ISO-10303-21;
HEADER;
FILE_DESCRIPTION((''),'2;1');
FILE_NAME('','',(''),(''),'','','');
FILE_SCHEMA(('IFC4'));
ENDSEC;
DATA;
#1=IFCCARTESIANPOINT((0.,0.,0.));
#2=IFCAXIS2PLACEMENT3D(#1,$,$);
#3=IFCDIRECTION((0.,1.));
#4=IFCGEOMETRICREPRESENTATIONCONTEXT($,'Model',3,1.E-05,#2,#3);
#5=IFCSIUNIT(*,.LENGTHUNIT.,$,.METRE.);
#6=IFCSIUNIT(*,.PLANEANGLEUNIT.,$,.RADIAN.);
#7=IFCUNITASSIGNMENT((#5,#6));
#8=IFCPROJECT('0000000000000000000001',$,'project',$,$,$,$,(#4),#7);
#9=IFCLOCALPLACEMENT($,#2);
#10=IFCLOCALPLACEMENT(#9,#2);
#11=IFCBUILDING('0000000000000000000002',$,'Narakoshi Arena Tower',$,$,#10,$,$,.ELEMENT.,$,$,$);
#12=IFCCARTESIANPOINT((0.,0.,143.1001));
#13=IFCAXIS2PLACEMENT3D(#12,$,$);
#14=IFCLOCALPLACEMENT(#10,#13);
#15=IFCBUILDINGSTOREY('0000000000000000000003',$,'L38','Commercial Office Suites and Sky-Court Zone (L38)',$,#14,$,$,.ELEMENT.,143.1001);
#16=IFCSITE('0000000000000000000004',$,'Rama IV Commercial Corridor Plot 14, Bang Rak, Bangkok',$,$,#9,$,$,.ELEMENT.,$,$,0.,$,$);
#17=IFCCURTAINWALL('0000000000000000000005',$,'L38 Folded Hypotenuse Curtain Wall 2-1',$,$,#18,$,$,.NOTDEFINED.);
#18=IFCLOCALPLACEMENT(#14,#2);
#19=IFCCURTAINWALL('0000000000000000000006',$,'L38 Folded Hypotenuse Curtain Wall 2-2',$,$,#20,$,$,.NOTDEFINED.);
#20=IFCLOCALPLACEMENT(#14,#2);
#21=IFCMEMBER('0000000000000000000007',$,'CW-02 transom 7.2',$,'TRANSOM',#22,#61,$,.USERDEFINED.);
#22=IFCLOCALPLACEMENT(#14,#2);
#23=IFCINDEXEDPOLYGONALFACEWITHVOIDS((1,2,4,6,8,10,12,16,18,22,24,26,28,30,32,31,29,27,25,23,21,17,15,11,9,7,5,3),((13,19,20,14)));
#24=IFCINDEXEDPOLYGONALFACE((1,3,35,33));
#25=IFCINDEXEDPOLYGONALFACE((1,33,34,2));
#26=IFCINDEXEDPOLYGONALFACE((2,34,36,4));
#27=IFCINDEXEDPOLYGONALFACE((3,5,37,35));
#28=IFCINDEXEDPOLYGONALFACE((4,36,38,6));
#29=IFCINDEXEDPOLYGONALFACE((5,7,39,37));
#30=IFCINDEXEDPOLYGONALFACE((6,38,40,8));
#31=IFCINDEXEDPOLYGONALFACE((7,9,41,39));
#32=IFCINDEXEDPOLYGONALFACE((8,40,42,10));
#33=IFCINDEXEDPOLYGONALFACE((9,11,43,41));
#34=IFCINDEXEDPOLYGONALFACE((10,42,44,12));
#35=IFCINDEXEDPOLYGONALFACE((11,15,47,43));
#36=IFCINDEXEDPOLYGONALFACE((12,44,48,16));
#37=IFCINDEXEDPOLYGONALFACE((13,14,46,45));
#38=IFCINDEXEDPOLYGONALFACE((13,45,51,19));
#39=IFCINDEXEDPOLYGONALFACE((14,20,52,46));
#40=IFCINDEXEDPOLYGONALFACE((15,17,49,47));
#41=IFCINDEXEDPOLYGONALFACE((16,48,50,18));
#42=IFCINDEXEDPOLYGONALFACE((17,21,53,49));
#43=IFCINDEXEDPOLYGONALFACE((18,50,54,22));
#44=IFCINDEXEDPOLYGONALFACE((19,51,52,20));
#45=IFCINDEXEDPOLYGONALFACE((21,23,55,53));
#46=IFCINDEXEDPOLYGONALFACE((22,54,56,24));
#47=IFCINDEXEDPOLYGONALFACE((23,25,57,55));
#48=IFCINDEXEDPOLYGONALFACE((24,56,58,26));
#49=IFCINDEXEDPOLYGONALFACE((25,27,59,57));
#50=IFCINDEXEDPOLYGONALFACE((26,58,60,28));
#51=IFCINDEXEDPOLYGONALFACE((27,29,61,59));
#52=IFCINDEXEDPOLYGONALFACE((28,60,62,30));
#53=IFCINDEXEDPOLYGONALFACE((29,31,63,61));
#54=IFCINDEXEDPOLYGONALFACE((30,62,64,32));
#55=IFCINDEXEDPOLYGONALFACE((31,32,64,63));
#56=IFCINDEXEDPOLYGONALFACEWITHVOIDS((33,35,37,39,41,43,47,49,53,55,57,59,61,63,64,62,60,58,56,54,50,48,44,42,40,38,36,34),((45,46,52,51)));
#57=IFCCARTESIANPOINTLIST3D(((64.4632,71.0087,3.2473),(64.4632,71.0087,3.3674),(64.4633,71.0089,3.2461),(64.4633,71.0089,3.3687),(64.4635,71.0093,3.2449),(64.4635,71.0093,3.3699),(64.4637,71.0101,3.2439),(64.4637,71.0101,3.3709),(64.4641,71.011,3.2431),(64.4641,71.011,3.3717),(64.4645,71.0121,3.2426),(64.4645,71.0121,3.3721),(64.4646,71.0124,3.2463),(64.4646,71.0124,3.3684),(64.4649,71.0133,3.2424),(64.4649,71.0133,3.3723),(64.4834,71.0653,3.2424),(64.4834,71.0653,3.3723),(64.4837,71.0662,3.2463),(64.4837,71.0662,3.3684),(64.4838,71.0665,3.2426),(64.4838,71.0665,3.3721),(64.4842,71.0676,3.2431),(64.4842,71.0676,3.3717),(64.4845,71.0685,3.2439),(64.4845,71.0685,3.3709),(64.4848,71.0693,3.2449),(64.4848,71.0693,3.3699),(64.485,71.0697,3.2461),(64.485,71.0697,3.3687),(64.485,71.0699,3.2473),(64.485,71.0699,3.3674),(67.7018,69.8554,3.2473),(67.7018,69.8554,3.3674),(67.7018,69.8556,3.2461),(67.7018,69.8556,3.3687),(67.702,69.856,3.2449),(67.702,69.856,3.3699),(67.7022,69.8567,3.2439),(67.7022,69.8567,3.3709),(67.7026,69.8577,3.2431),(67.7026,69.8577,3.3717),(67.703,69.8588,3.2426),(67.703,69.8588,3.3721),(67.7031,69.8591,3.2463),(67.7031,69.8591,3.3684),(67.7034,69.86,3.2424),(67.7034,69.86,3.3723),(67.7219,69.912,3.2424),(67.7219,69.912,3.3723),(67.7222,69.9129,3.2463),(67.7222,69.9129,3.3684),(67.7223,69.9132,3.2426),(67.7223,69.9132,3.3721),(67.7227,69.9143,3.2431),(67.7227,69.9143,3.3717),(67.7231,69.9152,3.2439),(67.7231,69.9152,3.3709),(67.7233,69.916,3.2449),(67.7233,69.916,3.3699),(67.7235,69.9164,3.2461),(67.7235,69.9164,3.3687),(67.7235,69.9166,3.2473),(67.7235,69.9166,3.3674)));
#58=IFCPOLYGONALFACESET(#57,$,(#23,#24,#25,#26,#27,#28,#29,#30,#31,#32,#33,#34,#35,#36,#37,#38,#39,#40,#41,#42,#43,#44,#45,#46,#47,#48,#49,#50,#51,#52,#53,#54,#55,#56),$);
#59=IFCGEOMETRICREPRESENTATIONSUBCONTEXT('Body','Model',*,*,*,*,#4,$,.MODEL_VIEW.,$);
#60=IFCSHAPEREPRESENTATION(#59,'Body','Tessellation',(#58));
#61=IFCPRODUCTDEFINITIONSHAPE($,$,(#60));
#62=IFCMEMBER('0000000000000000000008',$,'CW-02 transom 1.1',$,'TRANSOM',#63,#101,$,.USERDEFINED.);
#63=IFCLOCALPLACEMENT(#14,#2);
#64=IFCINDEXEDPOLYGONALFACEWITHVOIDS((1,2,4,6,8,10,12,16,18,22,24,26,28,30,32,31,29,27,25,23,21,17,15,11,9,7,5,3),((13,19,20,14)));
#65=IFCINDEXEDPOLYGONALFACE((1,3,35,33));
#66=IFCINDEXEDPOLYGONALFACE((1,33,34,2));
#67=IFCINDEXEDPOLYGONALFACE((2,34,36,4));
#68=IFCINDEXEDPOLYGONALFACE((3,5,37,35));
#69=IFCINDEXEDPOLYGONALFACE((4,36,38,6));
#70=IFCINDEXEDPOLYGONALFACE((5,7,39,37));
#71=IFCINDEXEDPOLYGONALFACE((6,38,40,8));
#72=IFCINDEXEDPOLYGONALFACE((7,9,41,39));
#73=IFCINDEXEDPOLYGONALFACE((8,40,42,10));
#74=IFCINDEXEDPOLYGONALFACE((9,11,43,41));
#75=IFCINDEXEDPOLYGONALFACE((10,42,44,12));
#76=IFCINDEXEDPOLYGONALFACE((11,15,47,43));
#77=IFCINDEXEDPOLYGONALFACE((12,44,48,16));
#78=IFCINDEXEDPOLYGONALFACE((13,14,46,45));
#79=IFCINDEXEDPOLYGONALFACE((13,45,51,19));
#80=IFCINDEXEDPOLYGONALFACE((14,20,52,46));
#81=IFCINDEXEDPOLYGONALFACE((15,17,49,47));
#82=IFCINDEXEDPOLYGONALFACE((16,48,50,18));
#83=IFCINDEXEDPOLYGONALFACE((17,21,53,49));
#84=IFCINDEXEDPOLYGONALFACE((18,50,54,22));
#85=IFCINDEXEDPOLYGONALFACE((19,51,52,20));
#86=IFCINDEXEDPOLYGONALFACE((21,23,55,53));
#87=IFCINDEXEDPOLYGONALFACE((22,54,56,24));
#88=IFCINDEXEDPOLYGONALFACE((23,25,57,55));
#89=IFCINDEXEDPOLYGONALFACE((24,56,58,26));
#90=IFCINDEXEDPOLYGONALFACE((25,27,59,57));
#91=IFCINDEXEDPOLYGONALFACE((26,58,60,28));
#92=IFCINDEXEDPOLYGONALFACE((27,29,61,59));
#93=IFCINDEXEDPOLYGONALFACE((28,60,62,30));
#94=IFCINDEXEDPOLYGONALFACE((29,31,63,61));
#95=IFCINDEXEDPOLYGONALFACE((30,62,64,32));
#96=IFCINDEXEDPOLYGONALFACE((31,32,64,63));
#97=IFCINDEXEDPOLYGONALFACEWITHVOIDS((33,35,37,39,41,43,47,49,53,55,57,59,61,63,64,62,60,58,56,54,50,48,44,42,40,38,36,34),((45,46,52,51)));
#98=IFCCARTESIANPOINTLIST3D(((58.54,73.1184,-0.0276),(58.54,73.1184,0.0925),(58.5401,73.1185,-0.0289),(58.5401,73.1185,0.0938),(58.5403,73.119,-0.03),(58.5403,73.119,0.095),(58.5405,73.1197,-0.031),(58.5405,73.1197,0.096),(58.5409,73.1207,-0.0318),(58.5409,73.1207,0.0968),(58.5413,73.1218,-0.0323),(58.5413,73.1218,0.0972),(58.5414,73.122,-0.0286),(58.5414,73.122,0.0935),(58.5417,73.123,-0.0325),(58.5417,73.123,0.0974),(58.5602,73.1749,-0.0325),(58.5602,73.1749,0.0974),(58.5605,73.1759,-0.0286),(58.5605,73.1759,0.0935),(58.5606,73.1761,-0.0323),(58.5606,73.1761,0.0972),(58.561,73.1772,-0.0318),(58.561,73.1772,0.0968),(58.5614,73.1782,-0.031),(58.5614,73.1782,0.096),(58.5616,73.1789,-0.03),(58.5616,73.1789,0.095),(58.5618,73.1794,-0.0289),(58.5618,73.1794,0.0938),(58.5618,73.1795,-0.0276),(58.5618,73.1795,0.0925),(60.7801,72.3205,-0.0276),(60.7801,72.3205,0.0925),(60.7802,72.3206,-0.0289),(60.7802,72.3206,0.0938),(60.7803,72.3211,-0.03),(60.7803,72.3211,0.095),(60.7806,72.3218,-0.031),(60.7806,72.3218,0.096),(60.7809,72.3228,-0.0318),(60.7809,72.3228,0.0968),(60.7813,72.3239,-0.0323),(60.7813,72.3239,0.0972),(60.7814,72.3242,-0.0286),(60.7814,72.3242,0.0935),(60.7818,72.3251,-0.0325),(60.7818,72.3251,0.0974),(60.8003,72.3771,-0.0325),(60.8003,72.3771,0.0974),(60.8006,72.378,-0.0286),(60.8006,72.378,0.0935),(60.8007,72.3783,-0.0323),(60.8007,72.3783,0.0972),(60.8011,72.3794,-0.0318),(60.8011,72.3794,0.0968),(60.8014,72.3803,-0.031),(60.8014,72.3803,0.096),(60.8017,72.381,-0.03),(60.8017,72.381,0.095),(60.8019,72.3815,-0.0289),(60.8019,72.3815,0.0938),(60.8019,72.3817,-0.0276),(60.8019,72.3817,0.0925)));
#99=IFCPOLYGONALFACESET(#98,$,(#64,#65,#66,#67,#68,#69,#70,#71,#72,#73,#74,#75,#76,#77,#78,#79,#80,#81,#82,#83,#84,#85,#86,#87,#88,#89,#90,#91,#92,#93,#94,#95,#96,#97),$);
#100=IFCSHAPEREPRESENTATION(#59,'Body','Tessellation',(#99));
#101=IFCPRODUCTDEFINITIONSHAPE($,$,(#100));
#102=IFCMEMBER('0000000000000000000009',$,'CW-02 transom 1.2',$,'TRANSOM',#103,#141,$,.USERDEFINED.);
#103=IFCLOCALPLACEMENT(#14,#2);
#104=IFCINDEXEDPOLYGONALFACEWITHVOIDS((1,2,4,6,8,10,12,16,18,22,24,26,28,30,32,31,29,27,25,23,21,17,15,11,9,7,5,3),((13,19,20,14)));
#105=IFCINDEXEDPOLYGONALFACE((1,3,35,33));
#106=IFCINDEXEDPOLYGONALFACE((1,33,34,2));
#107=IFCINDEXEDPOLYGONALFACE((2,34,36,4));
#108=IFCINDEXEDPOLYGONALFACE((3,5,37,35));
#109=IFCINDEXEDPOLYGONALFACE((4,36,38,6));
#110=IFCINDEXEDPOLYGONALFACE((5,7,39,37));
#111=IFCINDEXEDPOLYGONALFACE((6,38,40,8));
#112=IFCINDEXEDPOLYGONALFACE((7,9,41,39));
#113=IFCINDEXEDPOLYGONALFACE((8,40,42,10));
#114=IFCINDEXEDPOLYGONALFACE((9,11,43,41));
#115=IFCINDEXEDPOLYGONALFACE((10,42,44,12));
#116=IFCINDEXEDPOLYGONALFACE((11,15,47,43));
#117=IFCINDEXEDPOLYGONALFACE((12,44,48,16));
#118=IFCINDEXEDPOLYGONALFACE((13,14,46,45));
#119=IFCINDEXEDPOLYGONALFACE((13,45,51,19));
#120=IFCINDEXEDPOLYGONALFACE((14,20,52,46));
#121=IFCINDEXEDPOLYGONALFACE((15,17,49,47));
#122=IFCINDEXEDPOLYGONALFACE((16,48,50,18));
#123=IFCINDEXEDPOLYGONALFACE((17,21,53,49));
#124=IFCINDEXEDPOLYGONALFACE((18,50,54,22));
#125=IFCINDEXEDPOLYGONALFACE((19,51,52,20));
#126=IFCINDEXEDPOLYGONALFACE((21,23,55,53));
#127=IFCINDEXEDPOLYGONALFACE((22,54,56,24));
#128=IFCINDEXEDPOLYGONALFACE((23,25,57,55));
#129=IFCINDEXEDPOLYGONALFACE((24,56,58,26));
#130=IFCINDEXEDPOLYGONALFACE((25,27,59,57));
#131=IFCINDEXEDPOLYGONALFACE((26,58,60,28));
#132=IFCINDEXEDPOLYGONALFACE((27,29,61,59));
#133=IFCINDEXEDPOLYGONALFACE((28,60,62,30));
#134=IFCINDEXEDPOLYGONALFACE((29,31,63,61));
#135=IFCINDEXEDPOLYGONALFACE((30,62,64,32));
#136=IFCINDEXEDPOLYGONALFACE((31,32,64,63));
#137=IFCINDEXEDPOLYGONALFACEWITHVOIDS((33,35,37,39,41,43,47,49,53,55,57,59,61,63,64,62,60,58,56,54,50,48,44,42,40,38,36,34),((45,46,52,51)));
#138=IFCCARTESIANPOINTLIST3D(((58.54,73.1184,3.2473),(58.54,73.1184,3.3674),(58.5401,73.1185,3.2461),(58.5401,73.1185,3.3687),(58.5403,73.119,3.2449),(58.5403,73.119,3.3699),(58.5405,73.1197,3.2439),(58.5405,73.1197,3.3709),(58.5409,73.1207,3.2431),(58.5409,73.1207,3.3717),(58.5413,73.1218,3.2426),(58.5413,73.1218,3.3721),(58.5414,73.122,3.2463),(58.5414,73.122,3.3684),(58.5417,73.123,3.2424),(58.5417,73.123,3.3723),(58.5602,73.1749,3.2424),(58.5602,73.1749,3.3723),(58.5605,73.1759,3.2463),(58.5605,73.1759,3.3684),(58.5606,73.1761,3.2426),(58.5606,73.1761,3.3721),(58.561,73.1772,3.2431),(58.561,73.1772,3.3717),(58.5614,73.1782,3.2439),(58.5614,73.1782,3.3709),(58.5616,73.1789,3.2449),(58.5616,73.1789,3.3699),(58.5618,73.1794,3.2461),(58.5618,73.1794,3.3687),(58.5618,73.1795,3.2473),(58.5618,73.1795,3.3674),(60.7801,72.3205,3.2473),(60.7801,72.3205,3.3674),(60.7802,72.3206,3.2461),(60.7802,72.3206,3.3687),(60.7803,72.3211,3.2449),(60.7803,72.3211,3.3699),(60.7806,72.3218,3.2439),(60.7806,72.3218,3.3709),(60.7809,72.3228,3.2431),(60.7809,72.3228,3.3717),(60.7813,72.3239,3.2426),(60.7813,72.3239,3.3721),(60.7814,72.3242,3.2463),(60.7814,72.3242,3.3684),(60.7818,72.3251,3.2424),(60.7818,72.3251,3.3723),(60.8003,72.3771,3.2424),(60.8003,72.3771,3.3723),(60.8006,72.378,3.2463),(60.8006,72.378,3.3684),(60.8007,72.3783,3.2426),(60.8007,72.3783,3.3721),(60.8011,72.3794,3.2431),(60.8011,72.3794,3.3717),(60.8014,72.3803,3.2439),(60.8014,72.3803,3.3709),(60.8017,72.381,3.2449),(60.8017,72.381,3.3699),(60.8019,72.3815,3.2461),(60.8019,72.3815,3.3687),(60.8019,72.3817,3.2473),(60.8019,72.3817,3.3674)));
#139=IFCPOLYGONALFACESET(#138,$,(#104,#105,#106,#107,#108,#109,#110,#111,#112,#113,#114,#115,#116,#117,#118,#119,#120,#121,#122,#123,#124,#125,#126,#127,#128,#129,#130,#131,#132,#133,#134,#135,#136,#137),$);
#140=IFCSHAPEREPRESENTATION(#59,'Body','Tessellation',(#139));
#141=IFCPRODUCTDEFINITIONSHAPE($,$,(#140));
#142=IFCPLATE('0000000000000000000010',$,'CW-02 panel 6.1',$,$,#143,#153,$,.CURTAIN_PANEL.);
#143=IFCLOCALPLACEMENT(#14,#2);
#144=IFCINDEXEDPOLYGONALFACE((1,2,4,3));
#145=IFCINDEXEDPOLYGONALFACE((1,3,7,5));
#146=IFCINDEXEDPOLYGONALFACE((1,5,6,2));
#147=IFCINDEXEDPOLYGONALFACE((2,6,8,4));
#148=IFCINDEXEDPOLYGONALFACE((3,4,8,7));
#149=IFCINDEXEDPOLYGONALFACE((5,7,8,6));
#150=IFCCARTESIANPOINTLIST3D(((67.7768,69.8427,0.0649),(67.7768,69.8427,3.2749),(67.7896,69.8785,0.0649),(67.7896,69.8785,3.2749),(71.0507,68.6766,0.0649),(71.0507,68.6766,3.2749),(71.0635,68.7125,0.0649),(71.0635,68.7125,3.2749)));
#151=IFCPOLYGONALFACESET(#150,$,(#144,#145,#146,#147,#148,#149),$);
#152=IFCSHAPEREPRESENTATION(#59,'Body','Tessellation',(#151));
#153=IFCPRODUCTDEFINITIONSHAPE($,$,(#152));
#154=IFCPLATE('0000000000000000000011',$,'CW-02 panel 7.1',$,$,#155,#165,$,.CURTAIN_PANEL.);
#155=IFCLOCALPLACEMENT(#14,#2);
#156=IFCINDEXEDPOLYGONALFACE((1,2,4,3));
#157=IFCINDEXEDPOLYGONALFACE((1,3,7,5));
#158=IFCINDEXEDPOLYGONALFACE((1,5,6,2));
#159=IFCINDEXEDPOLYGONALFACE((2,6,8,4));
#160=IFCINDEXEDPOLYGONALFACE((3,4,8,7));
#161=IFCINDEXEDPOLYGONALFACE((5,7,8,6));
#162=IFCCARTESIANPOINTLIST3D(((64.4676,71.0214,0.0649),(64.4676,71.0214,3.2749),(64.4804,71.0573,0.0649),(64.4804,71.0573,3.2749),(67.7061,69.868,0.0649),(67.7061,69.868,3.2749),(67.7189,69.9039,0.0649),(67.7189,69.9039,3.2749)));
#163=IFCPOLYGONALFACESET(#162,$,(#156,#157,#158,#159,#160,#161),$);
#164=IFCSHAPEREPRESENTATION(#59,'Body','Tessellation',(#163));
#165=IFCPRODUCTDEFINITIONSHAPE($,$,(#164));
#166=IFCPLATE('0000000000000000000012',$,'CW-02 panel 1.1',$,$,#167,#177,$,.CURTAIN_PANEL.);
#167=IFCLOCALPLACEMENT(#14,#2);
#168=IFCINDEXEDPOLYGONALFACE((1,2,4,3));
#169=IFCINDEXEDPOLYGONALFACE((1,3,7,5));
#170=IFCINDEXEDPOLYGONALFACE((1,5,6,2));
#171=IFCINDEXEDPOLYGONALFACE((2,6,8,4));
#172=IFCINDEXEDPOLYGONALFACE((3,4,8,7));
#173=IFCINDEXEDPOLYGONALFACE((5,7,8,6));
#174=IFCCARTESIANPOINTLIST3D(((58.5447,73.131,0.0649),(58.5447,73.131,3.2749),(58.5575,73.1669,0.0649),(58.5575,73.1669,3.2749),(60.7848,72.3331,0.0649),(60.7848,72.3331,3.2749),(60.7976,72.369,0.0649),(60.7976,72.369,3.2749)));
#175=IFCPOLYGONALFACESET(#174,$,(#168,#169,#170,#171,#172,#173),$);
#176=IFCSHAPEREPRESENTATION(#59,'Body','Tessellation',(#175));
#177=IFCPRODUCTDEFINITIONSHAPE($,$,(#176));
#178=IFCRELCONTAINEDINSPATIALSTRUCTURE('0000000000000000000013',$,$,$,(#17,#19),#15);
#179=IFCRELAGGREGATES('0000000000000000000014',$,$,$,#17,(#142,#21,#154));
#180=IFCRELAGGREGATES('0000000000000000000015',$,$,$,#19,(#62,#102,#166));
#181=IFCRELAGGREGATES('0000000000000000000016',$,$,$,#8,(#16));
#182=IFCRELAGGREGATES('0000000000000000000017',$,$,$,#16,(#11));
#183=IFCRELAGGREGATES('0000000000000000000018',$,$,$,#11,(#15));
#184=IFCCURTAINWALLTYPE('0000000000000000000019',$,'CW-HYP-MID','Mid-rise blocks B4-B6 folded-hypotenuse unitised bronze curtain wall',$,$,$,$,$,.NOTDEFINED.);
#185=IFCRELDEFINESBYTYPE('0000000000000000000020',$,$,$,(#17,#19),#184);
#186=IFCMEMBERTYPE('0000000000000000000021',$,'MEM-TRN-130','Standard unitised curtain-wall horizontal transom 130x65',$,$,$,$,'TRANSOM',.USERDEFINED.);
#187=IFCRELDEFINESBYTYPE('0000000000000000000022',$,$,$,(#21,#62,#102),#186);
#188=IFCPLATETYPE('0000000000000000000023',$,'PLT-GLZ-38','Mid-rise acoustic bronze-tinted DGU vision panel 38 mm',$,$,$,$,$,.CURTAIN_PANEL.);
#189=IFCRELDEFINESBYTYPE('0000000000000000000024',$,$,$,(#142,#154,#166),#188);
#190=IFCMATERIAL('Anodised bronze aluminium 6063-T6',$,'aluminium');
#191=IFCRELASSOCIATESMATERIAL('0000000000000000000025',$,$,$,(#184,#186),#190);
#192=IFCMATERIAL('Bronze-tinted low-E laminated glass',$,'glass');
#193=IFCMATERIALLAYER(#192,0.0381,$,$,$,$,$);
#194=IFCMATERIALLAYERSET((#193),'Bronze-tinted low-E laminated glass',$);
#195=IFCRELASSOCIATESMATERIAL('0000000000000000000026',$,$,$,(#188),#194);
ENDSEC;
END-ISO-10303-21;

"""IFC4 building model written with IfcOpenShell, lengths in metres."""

from ifc_helpers import new_model, si_unit, direction, frame, origin, origin_2d, place, context, subcontext, project, spatial, rectangle, hollow_rectangle, extrude, material, layer, layer_set, material_profile, profile_set, type_object, element, aggregate, save


model = new_model("IFC4")

# Units and contexts
model_context = context("Model", 3, precision=1e-05, world=origin(), true_north=direction((0.0, 1.0)))
body_context = subcontext(model_context, "Body", "Model", "MODEL_VIEW")
ifc_project = project(units=[si_unit("LENGTHUNIT", "METRE"), si_unit("PLANEANGLEUNIT", "RADIAN")], contexts=[model_context])

# Site, building, storey
site_placement = place(None, origin())
site = spatial("IfcSite", under=ifc_project, at=site_placement, Name="Rama IV Commercial Corridor Plot 14, Bang Rak, Bangkok", CompositionType="ELEMENT", RefElevation=0.0)
building_placement = place(site_placement, origin())
building = spatial("IfcBuilding", under=site, at=building_placement, Name="Narakoshi Arena Tower", CompositionType="ELEMENT")
storey_placement = place(building_placement, frame((0.0, 0.0, 143.1001)))
storey = spatial("IfcBuildingStorey", under=building, at=storey_placement, Name="L38", Description="Commercial Office Suites and Sky-Court Zone (L38)", CompositionType="ELEMENT", Elevation=143.1001)

# Curtain walls
ifc_material_1 = material(Name="Anodised bronze aluminium 6063-T6", Category="aluminium")
curtain_wall_type = type_object("IfcCurtainWallType", Name="CW-HYP-MID", Description="Mid-rise blocks B4-B6 folded-hypotenuse unitised bronze curtain wall", PredefinedType="NOTDEFINED", material=ifc_material_1)
curtain_wall_1_placement = place(storey_placement, origin())
curtain_wall_1 = element("IfcCurtainWall", 1, at=curtain_wall_1_placement, inside=storey, type_object=curtain_wall_type, Name="L38 Folded Hypotenuse Curtain Wall 2-1", PredefinedType="NOTDEFINED")
curtain_wall_2_placement = place(storey_placement, origin())
curtain_wall_2 = element("IfcCurtainWall", 2, at=curtain_wall_2_placement, inside=storey, type_object=curtain_wall_type, Name="L38 Folded Hypotenuse Curtain Wall 2-2", PredefinedType="NOTDEFINED")

# Members
ifc_material_profile_1 = material_profile(ifc_material_1, hollow_rectangle(XDim=0.0649, YDim=0.1299, WallThickness=0.0039, OuterFilletRadius=0.0049, at=origin_2d()), Name="TRN130x65x4")
ifc_profile_set_1 = profile_set([ifc_material_profile_1], Name="Anodised bronze aluminium 6063-T6")
member_type_1 = type_object("IfcMemberType", Name="MEM-TRN-130", Description="Standard unitised curtain-wall horizontal transom 130x65", ElementType="TRANSOM", PredefinedType="USERDEFINED", material=ifc_profile_set_1)
member_1_placement = place(storey_placement, frame((67.7126, 69.886, 3.3074), z_axis=(-0.942045, 0.335486, 0.0), x_axis=(-0.335486, -0.942045, 0.0)))
member_1 = element("IfcMember", 3, at=member_1_placement, type_object=member_type_1, Name="CW-02 transom 7.2", ObjectType="TRANSOM", PredefinedType="USERDEFINED", context=body_context, shape_type="SweptSolid", body=[
    extrude(hollow_rectangle(XDim=0.0649, YDim=0.1299, WallThickness=0.0039, OuterFilletRadius=0.0049, at=origin_2d()), origin(), (0.0, 0.0, 1.0), 3.4377),
])
member_2_placement = place(storey_placement, frame((60.791, 72.3511, 0.0325), z_axis=(-0.942027, 0.335536, 0.0), x_axis=(-0.335536, -0.942027, 0.0)))
member_2 = element("IfcMember", 4, at=member_2_placement, type_object=member_type_1, Name="CW-02 transom 1.1", ObjectType="TRANSOM", PredefinedType="USERDEFINED", context=body_context, shape_type="SweptSolid", body=[
    extrude(hollow_rectangle(XDim=0.0649, YDim=0.1299, WallThickness=0.0039, OuterFilletRadius=0.0049, at=origin_2d()), origin(), (0.0, 0.0, 1.0), 2.3779),
])
member_3_placement = place(storey_placement, frame((60.791, 72.3511, 3.3074), z_axis=(-0.942027, 0.335536, 0.0), x_axis=(-0.335536, -0.942027, 0.0)))
member_3 = element("IfcMember", 5, at=member_3_placement, type_object=member_type_1, Name="CW-02 transom 1.2", ObjectType="TRANSOM", PredefinedType="USERDEFINED", context=body_context, shape_type="SweptSolid", body=[
    extrude(hollow_rectangle(XDim=0.0649, YDim=0.1299, WallThickness=0.0039, OuterFilletRadius=0.0049, at=origin_2d()), origin(), (0.0, 0.0, 1.0), 2.3779),
])

# Plates
ifc_material_2 = material(Name="Bronze-tinted low-E laminated glass", Category="glass")
ifc_layer_1 = layer(ifc_material_2, 0.0381)
ifc_layer_set_1 = layer_set([ifc_layer_1], Name="Bronze-tinted low-E laminated glass")
plate_type = type_object("IfcPlateType", Name="PLT-GLZ-38", Description="Mid-rise acoustic bronze-tinted DGU vision panel 38 mm", PredefinedType="CURTAIN_PANEL", material=ifc_layer_set_1)
plate_1_placement = place(storey_placement, frame((69.4202, 69.2776, 0.0649), z_axis=(0.0, 0.0, 1.0), x_axis=(-0.942034, 0.335518, 0.0)))
plate_1 = element("IfcPlate", 6, at=plate_1_placement, type_object=plate_type, Name="CW-02 panel 6.1", PredefinedType="CURTAIN_PANEL", context=body_context, shape_type="SweptSolid", body=[
    extrude(rectangle(XDim=3.4753, YDim=0.0381, at=origin_2d()), origin(), (0.0, 0.0, 1.0), 3.21),
])
plate_2_placement = place(storey_placement, frame((66.0933, 70.4626, 0.0649), z_axis=(0.0, 0.0, 1.0), x_axis=(-0.942034, 0.335518, 0.0)))
plate_2 = element("IfcPlate", 7, at=plate_2_placement, type_object=plate_type, Name="CW-02 panel 7.1", PredefinedType="CURTAIN_PANEL", context=body_context, shape_type="SweptSolid", body=[
    extrude(rectangle(XDim=3.4377, YDim=0.0381, at=origin_2d()), origin(), (0.0, 0.0, 1.0), 3.21),
])
aggregate(curtain_wall_1, [plate_1, member_1, plate_2])
plate_3_placement = place(storey_placement, frame((59.6711, 72.75, 0.0649), z_axis=(0.0, 0.0, 1.0), x_axis=(-0.942025, 0.335542, 0.0)))
plate_3 = element("IfcPlate", 8, at=plate_3_placement, type_object=plate_type, Name="CW-02 panel 1.1", PredefinedType="CURTAIN_PANEL", context=body_context, shape_type="SweptSolid", body=[
    extrude(rectangle(XDim=2.3779, YDim=0.0381, at=origin_2d()), origin(), (0.0, 0.0, 1.0), 3.21),
])
aggregate(curtain_wall_2, [member_2, member_3, plate_3])

save(model, "model.ifc")
